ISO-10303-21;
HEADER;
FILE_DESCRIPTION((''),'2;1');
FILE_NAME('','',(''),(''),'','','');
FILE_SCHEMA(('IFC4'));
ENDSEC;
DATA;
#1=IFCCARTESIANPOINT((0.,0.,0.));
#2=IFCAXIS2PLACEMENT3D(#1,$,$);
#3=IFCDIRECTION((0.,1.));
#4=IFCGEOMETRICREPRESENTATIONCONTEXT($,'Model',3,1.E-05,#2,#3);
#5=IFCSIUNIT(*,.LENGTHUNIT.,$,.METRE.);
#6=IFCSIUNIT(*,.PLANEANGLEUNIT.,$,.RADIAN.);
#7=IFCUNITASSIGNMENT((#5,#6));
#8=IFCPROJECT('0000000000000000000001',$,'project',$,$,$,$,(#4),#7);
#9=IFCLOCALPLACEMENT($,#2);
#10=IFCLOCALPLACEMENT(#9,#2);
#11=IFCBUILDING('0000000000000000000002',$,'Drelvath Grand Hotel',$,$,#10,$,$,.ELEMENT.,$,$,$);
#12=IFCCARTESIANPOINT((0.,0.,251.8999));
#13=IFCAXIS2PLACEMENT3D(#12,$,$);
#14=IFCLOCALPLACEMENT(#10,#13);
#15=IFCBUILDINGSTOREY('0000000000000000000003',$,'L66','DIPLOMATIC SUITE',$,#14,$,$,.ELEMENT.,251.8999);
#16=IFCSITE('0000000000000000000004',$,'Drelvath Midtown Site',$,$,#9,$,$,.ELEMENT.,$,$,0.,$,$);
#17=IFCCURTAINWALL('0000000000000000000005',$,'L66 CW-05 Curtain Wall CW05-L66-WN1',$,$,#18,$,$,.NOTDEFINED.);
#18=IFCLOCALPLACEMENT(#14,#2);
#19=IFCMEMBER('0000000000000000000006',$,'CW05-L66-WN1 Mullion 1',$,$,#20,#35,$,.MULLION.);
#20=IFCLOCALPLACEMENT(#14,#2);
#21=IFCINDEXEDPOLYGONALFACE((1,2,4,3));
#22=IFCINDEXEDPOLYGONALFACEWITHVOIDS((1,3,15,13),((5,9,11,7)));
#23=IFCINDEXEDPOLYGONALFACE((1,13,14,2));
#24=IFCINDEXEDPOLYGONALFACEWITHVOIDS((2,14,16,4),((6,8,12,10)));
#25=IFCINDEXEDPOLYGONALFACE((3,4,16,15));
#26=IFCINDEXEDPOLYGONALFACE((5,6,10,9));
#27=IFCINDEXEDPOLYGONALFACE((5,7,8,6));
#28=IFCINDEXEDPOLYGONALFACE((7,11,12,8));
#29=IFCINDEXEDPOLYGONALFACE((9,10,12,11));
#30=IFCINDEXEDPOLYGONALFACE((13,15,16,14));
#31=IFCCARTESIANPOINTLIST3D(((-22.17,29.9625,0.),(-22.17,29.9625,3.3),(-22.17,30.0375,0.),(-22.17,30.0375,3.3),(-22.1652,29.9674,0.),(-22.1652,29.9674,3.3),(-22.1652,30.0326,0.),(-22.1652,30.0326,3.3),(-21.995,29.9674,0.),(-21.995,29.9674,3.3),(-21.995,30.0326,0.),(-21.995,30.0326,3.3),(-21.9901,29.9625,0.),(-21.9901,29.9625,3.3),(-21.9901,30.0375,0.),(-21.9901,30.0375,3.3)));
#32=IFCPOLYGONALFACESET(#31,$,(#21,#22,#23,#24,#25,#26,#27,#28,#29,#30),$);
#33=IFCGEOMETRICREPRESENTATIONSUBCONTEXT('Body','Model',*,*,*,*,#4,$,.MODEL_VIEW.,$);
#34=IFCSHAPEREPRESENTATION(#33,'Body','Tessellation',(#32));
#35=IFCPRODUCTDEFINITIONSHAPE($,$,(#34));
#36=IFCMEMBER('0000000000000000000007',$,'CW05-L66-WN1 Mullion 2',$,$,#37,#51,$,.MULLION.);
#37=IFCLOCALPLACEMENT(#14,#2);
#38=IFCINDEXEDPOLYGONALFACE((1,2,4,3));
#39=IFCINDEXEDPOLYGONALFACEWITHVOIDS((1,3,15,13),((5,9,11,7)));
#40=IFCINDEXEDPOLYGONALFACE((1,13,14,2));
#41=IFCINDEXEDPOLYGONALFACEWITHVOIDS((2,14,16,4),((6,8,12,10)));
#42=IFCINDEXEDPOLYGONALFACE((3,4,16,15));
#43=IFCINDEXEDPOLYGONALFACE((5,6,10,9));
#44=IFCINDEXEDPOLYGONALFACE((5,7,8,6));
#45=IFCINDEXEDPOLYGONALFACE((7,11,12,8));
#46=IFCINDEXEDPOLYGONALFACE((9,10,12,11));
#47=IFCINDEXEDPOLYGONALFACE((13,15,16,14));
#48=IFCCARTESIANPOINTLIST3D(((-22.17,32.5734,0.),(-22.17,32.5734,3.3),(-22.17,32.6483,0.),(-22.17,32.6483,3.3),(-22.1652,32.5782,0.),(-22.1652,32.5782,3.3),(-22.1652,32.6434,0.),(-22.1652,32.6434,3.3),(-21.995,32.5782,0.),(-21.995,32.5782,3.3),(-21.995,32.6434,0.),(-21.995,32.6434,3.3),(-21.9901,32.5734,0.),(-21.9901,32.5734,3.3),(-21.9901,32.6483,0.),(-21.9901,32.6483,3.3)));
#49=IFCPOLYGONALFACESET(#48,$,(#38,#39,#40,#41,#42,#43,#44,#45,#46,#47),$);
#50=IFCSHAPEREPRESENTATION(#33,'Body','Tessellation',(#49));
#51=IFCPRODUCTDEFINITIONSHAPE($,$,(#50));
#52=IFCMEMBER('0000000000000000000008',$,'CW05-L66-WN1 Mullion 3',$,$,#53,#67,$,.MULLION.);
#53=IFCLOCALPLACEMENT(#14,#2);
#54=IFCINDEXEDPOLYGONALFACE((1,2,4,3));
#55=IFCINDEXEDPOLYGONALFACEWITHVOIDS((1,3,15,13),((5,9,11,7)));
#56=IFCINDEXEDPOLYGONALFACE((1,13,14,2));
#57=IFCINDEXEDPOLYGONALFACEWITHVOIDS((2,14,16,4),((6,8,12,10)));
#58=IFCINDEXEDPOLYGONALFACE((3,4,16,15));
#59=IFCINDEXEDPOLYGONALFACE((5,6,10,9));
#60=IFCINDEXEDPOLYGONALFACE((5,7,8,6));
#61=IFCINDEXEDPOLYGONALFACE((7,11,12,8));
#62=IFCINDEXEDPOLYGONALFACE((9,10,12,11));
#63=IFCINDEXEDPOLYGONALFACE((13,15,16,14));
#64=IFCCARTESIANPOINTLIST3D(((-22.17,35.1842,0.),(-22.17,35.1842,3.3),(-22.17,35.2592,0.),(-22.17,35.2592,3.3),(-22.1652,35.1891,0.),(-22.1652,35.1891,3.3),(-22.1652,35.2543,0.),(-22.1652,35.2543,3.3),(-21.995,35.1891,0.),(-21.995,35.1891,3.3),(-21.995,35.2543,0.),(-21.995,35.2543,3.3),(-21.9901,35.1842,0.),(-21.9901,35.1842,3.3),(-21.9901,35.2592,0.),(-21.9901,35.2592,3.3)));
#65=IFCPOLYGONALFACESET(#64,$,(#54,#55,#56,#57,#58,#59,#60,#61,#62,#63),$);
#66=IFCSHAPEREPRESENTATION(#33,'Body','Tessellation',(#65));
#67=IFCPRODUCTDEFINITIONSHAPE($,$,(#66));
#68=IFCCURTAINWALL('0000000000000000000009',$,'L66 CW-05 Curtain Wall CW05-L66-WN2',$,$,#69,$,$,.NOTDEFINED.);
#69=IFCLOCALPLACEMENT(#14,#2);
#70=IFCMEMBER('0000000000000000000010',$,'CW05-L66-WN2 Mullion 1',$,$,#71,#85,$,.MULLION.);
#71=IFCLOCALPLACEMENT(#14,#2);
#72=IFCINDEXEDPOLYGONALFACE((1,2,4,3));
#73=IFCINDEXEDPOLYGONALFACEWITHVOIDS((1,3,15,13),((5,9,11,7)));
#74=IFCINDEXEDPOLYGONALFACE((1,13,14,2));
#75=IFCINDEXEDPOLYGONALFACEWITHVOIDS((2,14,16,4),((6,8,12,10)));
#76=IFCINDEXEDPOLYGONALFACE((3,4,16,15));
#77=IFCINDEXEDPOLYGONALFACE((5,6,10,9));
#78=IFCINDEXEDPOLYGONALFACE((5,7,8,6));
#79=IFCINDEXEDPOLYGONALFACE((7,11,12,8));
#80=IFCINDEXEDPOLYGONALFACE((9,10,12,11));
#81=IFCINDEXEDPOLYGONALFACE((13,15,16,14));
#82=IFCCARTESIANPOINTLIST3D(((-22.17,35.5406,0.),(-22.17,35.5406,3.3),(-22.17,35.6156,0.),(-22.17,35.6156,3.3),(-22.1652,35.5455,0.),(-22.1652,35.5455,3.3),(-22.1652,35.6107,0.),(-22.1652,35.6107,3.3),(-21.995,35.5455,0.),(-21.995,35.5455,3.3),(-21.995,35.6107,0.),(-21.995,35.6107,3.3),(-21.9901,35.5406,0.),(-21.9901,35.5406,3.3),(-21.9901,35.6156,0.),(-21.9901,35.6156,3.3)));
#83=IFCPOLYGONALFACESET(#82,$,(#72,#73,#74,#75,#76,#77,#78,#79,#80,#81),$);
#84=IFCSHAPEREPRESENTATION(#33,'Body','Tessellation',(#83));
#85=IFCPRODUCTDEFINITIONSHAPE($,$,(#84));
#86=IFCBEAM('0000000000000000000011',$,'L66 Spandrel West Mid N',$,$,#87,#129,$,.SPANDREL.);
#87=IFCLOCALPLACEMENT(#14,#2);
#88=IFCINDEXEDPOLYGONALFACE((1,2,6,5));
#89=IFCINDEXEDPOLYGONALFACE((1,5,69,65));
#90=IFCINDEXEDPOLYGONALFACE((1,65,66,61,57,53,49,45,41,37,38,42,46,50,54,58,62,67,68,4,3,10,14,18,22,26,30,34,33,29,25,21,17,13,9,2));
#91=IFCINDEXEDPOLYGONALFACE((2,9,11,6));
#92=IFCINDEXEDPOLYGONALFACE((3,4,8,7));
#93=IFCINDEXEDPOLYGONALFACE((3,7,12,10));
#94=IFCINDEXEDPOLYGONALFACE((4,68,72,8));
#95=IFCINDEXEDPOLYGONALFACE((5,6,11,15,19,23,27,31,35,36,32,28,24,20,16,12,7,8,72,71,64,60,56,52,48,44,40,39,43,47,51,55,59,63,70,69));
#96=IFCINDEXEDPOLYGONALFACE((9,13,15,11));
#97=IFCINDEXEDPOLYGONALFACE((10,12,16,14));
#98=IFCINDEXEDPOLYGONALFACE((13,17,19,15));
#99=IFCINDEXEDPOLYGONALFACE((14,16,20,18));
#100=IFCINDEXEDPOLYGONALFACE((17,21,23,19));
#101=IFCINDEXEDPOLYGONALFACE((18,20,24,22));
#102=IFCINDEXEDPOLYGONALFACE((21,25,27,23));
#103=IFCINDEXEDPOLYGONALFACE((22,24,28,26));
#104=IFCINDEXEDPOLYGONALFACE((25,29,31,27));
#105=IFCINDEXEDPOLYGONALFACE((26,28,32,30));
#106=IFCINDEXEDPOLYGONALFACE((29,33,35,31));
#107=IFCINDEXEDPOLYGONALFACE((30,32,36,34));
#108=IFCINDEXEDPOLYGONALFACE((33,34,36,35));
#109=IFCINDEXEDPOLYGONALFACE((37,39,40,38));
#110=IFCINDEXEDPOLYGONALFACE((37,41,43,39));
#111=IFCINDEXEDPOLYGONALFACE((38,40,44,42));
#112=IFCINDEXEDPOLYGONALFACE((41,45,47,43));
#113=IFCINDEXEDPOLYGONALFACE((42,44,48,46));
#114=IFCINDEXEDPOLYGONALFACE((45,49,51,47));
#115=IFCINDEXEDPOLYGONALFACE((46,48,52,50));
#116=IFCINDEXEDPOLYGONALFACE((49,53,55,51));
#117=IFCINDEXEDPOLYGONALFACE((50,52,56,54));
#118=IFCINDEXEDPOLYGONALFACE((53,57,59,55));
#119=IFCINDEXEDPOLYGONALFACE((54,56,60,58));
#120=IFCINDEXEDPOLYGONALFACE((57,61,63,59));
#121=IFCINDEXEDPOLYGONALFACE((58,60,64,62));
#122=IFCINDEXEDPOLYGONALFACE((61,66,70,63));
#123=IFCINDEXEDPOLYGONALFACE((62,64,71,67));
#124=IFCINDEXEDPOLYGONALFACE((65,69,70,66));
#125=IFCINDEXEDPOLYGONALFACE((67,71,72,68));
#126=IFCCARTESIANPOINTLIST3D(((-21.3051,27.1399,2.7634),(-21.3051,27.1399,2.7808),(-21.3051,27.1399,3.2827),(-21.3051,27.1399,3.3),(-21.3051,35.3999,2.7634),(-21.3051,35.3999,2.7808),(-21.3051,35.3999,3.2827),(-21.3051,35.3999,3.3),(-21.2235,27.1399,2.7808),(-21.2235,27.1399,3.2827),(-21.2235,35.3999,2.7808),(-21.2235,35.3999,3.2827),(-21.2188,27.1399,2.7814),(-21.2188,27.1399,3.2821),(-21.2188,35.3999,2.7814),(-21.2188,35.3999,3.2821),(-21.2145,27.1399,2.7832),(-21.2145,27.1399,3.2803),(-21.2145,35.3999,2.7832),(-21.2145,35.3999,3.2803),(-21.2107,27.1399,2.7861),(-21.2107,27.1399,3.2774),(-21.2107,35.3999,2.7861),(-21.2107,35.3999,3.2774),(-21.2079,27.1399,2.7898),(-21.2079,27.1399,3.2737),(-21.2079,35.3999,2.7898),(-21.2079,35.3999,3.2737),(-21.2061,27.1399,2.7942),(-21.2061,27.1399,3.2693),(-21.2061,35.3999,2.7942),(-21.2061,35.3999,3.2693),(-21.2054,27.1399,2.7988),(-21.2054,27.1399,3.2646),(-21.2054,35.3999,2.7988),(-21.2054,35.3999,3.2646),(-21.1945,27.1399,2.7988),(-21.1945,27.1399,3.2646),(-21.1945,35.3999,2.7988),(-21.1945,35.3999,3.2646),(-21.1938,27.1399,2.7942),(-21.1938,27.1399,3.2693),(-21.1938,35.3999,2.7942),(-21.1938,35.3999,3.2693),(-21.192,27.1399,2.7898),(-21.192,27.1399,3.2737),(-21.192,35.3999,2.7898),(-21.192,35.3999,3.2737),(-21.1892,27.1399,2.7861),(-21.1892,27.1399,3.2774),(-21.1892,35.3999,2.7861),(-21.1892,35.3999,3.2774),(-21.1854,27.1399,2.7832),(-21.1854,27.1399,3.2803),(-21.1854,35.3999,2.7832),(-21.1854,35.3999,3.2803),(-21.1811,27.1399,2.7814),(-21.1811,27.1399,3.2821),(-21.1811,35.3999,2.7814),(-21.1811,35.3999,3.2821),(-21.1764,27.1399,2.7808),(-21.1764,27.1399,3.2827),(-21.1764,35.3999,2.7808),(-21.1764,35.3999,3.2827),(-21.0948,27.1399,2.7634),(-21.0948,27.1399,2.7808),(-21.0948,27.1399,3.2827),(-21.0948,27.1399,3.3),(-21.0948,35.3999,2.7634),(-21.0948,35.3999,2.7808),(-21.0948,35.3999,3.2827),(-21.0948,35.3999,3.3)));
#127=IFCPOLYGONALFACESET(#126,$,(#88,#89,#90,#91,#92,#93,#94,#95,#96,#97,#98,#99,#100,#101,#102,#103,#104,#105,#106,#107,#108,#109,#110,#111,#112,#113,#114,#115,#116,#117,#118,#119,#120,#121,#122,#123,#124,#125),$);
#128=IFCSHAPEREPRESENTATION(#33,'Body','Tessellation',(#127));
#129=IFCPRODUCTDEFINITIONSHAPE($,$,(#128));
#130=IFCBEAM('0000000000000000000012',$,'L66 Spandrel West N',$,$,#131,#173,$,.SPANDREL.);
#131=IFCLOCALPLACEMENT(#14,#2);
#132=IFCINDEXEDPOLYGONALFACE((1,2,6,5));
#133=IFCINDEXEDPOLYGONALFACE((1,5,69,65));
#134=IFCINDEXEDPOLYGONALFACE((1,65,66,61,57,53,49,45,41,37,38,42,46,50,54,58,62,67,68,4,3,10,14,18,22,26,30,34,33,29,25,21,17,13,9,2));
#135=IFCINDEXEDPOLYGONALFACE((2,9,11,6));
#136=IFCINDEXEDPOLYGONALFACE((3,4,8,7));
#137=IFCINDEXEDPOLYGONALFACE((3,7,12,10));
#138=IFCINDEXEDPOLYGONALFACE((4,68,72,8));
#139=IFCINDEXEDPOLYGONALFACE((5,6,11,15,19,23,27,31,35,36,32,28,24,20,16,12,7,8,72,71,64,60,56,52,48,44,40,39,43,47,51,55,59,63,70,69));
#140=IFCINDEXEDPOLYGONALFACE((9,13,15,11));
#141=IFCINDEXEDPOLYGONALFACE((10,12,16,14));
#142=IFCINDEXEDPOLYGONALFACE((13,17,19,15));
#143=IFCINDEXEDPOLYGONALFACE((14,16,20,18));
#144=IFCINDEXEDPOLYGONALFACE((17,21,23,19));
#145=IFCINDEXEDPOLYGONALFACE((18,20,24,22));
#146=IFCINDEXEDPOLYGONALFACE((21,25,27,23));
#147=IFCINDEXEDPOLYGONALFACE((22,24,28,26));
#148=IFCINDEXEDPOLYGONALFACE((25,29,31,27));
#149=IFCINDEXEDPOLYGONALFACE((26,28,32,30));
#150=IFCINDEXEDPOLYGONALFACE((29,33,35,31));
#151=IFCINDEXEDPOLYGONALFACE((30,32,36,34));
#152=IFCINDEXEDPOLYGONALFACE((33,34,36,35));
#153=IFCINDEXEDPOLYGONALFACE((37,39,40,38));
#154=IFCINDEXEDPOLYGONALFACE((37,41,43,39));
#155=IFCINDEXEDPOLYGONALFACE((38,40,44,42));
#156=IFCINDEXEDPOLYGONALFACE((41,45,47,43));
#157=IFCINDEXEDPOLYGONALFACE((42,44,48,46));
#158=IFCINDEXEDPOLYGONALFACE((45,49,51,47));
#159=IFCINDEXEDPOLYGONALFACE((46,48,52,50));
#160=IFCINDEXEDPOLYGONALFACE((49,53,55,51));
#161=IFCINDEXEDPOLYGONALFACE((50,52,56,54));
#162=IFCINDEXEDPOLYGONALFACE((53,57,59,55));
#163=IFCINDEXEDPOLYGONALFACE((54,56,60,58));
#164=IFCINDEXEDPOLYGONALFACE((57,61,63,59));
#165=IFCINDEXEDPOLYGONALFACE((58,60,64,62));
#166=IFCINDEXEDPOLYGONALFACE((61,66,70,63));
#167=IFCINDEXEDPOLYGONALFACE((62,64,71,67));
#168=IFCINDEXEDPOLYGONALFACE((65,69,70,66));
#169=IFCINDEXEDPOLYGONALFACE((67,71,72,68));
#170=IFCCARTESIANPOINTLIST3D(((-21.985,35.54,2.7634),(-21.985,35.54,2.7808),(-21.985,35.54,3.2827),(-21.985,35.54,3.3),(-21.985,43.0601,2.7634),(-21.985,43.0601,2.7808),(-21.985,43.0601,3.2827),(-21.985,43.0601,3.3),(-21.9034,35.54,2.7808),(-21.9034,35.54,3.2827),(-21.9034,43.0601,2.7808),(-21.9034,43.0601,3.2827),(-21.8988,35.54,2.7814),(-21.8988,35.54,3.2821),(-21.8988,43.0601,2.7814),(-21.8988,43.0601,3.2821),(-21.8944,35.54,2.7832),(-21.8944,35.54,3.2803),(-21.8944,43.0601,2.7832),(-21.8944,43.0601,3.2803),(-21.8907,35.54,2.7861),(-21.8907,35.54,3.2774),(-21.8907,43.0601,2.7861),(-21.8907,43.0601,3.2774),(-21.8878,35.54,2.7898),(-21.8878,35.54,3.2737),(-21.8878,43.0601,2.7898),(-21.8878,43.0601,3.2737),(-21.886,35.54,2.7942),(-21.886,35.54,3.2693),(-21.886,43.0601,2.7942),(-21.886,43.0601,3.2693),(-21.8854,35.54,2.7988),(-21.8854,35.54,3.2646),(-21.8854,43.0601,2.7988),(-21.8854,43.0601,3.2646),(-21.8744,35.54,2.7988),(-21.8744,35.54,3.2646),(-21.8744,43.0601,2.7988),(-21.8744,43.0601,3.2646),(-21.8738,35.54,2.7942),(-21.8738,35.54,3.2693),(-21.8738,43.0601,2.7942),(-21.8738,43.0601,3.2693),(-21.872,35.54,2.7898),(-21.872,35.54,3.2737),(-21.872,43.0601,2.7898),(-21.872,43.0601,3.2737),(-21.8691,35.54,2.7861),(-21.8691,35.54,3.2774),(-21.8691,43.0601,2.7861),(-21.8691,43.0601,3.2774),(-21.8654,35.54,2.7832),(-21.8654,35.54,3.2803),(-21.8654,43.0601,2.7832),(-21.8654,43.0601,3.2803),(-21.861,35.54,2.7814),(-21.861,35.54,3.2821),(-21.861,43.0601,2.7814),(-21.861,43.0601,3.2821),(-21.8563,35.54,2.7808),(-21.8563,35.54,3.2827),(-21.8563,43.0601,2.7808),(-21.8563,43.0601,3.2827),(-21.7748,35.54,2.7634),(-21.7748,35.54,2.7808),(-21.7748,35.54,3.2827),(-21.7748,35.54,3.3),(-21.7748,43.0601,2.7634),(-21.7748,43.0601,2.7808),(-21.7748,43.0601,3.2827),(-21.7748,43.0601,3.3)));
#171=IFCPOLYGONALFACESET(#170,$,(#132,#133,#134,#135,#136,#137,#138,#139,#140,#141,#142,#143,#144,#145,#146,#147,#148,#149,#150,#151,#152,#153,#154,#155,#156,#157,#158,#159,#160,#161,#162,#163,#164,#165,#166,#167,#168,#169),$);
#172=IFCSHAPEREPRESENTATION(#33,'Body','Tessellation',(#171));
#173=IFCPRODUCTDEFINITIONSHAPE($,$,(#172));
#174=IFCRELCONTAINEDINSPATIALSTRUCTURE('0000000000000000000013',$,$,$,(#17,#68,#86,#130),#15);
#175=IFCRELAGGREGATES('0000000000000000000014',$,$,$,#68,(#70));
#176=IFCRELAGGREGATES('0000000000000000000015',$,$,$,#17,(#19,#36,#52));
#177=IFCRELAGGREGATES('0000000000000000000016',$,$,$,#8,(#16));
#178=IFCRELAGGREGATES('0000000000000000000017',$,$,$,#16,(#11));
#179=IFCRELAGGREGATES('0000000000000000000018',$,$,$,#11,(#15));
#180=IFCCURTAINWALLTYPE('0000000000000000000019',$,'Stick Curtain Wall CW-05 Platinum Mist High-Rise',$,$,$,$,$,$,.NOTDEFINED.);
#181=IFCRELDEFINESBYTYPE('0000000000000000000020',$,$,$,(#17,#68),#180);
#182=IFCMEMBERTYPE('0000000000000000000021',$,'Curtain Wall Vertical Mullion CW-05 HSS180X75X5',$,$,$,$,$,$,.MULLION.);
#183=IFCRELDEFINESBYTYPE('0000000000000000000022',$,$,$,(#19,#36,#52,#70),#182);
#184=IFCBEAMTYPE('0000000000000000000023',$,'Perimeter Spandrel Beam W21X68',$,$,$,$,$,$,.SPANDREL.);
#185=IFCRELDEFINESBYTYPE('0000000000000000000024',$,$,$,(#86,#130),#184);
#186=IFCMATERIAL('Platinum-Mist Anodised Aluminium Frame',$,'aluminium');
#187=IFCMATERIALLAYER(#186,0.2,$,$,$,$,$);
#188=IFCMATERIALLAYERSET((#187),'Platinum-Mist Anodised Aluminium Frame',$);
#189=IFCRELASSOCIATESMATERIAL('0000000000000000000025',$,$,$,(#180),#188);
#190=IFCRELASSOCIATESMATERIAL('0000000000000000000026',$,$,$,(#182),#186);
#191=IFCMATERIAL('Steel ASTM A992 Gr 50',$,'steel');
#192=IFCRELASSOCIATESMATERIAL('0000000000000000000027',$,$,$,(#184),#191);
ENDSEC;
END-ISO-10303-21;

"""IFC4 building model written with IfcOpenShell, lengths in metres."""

from ifc_helpers import new_model, si_unit, direction, frame, origin, origin_2d, place, context, subcontext, project, spatial, hollow_rectangle, i_section, extrude, material, layer, layer_set, material_profile, profile_set, type_object, element, aggregate, save


model = new_model("IFC4")

# Units and contexts
model_context = context("Model", 3, precision=1e-05, world=origin(), true_north=direction((0.0, 1.0)))
body_context = subcontext(model_context, "Body", "Model", "MODEL_VIEW")
ifc_project = project(units=[si_unit("LENGTHUNIT", "METRE"), si_unit("PLANEANGLEUNIT", "RADIAN")], contexts=[model_context])

# Site, building, storey
site_placement = place(None, origin())
site = spatial("IfcSite", under=ifc_project, at=site_placement, Name="Drelvath Midtown Site", CompositionType="ELEMENT", RefElevation=0.0)
building_placement = place(site_placement, origin())
building = spatial("IfcBuilding", under=site, at=building_placement, Name="Drelvath Grand Hotel", CompositionType="ELEMENT")
storey_placement = place(building_placement, frame((0.0, 0.0, 251.8999)))
storey = spatial("IfcBuildingStorey", under=building, at=storey_placement, Name="L66", Description="DIPLOMATIC SUITE", CompositionType="ELEMENT", Elevation=251.8999)

# Curtain wall
ifc_material_1 = material(Name="Platinum-Mist Anodised Aluminium Frame", Category="aluminium")
ifc_layer_1 = layer(ifc_material_1, 0.2)
ifc_layer_set_1 = layer_set([ifc_layer_1], Name="Platinum-Mist Anodised Aluminium Frame")
curtain_wall_type = type_object("IfcCurtainWallType", Name="Stick Curtain Wall CW-05 Platinum Mist High-Rise", PredefinedType="NOTDEFINED", material=ifc_layer_set_1)
curtain_wall_1_placement = place(storey_placement, origin())
curtain_wall_1 = element("IfcCurtainWall", 1, at=curtain_wall_1_placement, inside=storey, type_object=curtain_wall_type, Name="L66 CW-05 Curtain Wall CW05-L66-WN1", PredefinedType="NOTDEFINED")
ifc_material_profile_1 = material_profile(ifc_material_1, hollow_rectangle(XDim=0.075, YDim=0.1799, WallThickness=0.0049, at=origin_2d()), Name="HSS180X75X5")
ifc_profile_set_1 = profile_set([ifc_material_profile_1], Name="Platinum-Mist Anodised Aluminium Frame")
member_type_1 = type_object("IfcMemberType", Name="Curtain Wall Vertical Mullion CW-05 HSS180X75X5", PredefinedType="MULLION", material=ifc_profile_set_1)

# Members
member_1_placement = place(storey_placement, frame((-22.0801, 30.0, 0.0), z_axis=(0.0, 0.0, 1.0), x_axis=(0.0, 1.0, 0.0)))
member_1 = element("IfcMember", 2, at=member_1_placement, type_object=member_type_1, Name="CW05-L66-WN1 Mullion 1", PredefinedType="MULLION", context=body_context, shape_type="SweptSolid", body=[
    extrude(hollow_rectangle(XDim=0.075, YDim=0.1799, WallThickness=0.0049, at=origin_2d()), origin(), (0.0, 0.0, 1.0), 3.3),
])
member_2_placement = place(storey_placement, frame((-22.0801, 32.6108, 0.0), z_axis=(0.0, 0.0, 1.0), x_axis=(0.0, 1.0, 0.0)))
member_2 = element("IfcMember", 3, at=member_2_placement, type_object=member_type_1, Name="CW05-L66-WN1 Mullion 2", PredefinedType="MULLION", context=body_context, shape_type="SweptSolid", body=[
    extrude(hollow_rectangle(XDim=0.075, YDim=0.1799, WallThickness=0.0049, at=origin_2d()), origin(), (0.0, 0.0, 1.0), 3.3),
])
member_3_placement = place(storey_placement, frame((-22.0801, 35.2217, 0.0), z_axis=(0.0, 0.0, 1.0), x_axis=(0.0, 1.0, 0.0)))
member_3 = element("IfcMember", 4, at=member_3_placement, type_object=member_type_1, Name="CW05-L66-WN1 Mullion 3", PredefinedType="MULLION", context=body_context, shape_type="SweptSolid", body=[
    extrude(hollow_rectangle(XDim=0.075, YDim=0.1799, WallThickness=0.0049, at=origin_2d()), origin(), (0.0, 0.0, 1.0), 3.3),
])

# Curtain wall, member
curtain_wall_2_placement = place(storey_placement, origin())
curtain_wall_2 = element("IfcCurtainWall", 5, at=curtain_wall_2_placement, inside=storey, type_object=curtain_wall_type, Name="L66 CW-05 Curtain Wall CW05-L66-WN2", PredefinedType="NOTDEFINED")
member_4_placement = place(storey_placement, frame((-22.0801, 35.5781, 0.0), z_axis=(0.0, 0.0, 1.0), x_axis=(0.0, 1.0, 0.0)))
member_4 = element("IfcMember", 6, at=member_4_placement, type_object=member_type_1, Name="CW05-L66-WN2 Mullion 1", PredefinedType="MULLION", context=body_context, shape_type="SweptSolid", body=[
    extrude(hollow_rectangle(XDim=0.075, YDim=0.1799, WallThickness=0.0049, at=origin_2d()), origin(), (0.0, 0.0, 1.0), 3.3),
])
aggregate(curtain_wall_2, [member_4])

# Beams
ifc_material_2 = material(Name="Steel ASTM A992 Gr 50", Category="steel")
ifc_material_profile_2 = material_profile(ifc_material_2, i_section(OverallWidth=0.2102, OverallDepth=0.5366, WebThickness=0.011, FlangeThickness=0.0173, FilletRadius=0.0181, at=origin_2d()), Name="W21X68")
ifc_profile_set_2 = profile_set([ifc_material_profile_2], Name="Steel ASTM A992 Gr 50")
beam_type_1 = type_object("IfcBeamType", Name="Perimeter Spandrel Beam W21X68", PredefinedType="SPANDREL", material=ifc_profile_set_2)
beam_1_placement = place(storey_placement, frame((-21.2, 27.1399, 3.0317), z_axis=(0.0, 1.0, 0.0), x_axis=(-1.0, 0.0, 0.0)))
element("IfcBeam", 7, at=beam_1_placement, inside=storey, type_object=beam_type_1, Name="L66 Spandrel West Mid N", PredefinedType="SPANDREL", context=body_context, shape_type="SweptSolid", body=[
    extrude(i_section(OverallWidth=0.2102, OverallDepth=0.5366, WebThickness=0.011, FlangeThickness=0.0173, FilletRadius=0.0181, at=origin_2d()), origin(), (0.0, 0.0, 1.0), 8.26),
])
beam_2_placement = place(storey_placement, frame((-21.8799, 35.54, 3.0317), z_axis=(0.0, 1.0, 0.0), x_axis=(-1.0, 0.0, 0.0)))
element("IfcBeam", 8, at=beam_2_placement, inside=storey, type_object=beam_type_1, Name="L66 Spandrel West N", PredefinedType="SPANDREL", context=body_context, shape_type="SweptSolid", body=[
    extrude(i_section(OverallWidth=0.2102, OverallDepth=0.5366, WebThickness=0.011, FlangeThickness=0.0173, FilletRadius=0.0181, at=origin_2d()), origin(), (0.0, 0.0, 1.0), 7.52),
])

aggregate(curtain_wall_1, [member_1, member_2, member_3])

save(model, "model.ifc")
